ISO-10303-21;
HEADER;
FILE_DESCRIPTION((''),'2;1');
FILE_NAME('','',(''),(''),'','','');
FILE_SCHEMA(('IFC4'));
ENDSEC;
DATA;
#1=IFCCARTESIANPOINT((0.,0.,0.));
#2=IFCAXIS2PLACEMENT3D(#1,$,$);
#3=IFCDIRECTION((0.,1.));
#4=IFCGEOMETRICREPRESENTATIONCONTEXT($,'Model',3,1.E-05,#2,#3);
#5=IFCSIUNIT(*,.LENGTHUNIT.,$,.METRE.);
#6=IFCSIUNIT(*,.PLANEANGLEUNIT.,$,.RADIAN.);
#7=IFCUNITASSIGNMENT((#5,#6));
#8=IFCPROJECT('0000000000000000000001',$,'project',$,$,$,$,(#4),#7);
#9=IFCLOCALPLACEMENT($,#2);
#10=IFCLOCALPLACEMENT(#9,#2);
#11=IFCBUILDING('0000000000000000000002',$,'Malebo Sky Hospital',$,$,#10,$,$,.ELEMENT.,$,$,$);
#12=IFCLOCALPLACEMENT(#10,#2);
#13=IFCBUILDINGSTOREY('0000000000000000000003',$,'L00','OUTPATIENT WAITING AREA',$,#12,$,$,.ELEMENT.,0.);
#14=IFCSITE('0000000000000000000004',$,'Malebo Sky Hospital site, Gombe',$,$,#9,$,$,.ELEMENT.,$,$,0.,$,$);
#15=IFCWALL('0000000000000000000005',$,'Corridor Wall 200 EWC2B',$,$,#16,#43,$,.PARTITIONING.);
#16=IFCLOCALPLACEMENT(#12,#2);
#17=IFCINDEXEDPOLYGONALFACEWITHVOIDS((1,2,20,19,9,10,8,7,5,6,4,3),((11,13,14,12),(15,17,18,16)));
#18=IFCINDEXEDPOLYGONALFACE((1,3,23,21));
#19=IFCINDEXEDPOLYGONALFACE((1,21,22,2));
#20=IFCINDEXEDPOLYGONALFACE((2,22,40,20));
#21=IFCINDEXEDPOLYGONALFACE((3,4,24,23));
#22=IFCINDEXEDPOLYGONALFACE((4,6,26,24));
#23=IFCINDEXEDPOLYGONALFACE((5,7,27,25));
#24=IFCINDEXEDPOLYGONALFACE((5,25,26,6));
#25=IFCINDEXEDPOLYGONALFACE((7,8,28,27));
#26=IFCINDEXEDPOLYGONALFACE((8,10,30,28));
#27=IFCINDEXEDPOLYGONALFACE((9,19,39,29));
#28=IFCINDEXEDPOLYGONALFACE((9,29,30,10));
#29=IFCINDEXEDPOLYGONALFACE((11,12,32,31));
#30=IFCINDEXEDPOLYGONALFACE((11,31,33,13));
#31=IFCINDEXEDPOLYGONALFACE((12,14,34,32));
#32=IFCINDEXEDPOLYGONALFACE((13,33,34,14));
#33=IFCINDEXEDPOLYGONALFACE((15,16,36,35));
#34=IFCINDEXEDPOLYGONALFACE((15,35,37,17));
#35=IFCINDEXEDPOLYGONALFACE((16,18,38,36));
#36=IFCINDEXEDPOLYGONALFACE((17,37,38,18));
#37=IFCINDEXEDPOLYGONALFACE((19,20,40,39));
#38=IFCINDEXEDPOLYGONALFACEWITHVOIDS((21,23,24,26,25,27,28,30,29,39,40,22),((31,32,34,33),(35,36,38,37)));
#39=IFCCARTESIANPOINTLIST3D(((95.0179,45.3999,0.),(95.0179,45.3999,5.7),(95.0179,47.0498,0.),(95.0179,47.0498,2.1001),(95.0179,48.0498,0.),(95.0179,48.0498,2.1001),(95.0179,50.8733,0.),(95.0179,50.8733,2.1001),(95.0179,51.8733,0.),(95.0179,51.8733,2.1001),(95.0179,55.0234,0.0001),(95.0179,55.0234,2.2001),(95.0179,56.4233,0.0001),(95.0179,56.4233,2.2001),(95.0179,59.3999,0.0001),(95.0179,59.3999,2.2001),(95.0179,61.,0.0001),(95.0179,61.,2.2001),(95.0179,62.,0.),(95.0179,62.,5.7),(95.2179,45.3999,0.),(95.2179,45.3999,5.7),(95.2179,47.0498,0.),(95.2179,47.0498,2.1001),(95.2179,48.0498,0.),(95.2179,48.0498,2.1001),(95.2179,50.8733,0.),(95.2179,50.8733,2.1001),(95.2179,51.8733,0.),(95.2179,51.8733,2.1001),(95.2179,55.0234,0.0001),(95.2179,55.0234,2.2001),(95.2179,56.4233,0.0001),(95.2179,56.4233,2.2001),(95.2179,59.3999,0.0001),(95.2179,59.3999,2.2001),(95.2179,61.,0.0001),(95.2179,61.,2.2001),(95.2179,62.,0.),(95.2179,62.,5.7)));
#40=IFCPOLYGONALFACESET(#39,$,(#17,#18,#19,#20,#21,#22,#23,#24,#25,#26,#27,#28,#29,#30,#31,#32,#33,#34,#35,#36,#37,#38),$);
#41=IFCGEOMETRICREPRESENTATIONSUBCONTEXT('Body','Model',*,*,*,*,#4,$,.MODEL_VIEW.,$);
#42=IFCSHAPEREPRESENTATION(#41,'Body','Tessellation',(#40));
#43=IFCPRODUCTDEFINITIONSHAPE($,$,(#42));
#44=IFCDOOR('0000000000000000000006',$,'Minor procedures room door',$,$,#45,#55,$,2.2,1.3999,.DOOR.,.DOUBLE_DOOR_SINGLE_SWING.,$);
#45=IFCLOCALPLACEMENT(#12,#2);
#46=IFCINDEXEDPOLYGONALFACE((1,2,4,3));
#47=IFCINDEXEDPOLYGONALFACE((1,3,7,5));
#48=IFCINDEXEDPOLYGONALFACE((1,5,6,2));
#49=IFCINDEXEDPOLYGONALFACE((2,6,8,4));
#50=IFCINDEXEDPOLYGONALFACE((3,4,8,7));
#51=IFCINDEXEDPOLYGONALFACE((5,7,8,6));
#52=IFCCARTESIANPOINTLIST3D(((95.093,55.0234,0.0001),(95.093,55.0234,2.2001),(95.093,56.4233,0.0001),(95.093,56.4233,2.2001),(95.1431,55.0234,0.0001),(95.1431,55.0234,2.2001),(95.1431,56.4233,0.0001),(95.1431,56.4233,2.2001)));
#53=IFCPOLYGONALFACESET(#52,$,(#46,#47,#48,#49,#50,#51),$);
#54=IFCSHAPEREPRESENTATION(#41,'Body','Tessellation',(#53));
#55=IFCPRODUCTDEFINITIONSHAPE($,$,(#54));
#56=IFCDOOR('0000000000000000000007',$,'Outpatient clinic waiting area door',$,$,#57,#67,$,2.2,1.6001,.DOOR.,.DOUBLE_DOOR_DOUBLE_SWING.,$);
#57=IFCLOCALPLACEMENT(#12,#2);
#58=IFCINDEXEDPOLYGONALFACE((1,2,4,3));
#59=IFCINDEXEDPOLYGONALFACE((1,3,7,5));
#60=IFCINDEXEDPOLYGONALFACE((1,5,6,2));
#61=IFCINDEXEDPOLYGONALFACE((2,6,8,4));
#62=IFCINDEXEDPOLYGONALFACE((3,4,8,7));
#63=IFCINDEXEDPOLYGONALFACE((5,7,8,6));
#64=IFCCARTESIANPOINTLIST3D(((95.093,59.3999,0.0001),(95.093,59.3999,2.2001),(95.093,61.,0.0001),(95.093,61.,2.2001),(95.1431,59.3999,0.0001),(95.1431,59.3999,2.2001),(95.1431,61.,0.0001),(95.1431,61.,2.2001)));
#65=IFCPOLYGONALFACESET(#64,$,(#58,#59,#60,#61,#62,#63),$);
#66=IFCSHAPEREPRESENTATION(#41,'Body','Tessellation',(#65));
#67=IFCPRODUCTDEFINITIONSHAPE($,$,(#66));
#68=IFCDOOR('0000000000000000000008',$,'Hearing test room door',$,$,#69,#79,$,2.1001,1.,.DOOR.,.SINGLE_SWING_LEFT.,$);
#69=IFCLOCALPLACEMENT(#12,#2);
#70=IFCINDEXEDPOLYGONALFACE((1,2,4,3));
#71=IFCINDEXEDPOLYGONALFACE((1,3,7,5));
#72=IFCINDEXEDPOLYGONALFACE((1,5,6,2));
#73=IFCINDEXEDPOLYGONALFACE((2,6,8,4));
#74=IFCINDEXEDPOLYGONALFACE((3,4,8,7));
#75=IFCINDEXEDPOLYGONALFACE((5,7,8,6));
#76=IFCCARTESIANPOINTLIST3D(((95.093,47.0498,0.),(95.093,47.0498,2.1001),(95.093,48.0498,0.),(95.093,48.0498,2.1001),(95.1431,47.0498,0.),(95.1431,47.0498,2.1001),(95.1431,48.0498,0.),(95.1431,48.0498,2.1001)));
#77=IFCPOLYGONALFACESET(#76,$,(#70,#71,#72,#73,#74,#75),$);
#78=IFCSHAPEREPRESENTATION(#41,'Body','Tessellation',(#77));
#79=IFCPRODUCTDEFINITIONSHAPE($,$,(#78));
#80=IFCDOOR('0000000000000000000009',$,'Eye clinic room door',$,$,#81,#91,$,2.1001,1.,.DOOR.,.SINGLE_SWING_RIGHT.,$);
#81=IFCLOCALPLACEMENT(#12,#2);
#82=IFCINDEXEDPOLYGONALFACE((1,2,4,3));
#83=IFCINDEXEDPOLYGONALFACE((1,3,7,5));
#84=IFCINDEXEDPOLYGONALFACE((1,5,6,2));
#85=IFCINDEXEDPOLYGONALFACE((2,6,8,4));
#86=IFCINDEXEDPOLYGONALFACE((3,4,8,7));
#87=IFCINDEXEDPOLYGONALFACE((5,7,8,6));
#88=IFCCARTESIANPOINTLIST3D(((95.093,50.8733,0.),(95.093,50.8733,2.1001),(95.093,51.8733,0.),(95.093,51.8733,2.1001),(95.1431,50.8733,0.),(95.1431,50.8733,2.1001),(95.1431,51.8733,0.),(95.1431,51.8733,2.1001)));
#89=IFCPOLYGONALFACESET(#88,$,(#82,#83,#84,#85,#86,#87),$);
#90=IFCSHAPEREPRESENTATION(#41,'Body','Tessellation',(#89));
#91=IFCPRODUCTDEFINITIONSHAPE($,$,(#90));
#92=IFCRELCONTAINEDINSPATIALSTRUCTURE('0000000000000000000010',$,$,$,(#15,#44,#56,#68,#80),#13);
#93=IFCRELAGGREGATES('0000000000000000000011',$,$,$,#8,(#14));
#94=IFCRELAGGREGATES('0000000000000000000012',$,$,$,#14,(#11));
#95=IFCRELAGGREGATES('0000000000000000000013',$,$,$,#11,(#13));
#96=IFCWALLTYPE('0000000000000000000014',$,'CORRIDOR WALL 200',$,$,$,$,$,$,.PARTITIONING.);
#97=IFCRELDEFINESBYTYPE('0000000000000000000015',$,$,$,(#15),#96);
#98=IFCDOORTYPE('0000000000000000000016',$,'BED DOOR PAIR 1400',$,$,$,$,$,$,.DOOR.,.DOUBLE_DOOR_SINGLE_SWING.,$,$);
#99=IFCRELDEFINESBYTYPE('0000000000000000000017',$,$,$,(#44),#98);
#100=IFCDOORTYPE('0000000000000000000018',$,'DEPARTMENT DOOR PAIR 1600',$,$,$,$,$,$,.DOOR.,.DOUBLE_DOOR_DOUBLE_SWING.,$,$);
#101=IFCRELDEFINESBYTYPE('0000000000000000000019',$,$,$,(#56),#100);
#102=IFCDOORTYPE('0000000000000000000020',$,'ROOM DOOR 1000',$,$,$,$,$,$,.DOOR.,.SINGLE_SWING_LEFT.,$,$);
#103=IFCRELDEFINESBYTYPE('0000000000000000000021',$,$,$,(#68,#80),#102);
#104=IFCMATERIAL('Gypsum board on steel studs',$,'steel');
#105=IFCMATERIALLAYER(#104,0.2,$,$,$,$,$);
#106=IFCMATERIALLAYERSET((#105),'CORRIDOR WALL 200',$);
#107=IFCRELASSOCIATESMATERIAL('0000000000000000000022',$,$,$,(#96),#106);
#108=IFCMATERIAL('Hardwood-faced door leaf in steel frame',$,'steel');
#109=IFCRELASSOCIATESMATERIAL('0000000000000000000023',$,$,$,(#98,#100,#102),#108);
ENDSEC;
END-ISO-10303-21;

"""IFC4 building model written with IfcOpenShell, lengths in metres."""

from ifc_helpers import new_model, si_unit, direction, frame, frame_2d, origin, place, context, subcontext, project, spatial, rectangle, extrude, material, layer, layer_set, type_object, element, fill, save


model = new_model("IFC4")

# Units and contexts
model_context = context("Model", 3, precision=1e-05, world=origin(), true_north=direction((0.0, 1.0)))
body_context = subcontext(model_context, "Body", "Model", "MODEL_VIEW")
ifc_project = project(units=[si_unit("LENGTHUNIT", "METRE"), si_unit("PLANEANGLEUNIT", "RADIAN")], contexts=[model_context])

# Site, building, storey
site_placement = place(None, origin())
site = spatial("IfcSite", under=ifc_project, at=site_placement, Name="Malebo Sky Hospital site, Gombe", CompositionType="ELEMENT", RefElevation=0.0)
building_placement = place(site_placement, origin())
building = spatial("IfcBuilding", under=site, at=building_placement, Name="Malebo Sky Hospital", CompositionType="ELEMENT")
storey_placement = place(building_placement, origin())
storey = spatial("IfcBuildingStorey", under=building, at=storey_placement, Name="L00", Description="OUTPATIENT WAITING AREA", CompositionType="ELEMENT", Elevation=0.0)

# Wall, openings, doors
ifc_material_1 = material(Name="Gypsum board on steel studs", Category="steel")
ifc_layer_1 = layer(ifc_material_1, 0.2)
ifc_layer_set_1 = layer_set([ifc_layer_1], Name="CORRIDOR WALL 200")
wall_type = type_object("IfcWallType", Name="CORRIDOR WALL 200", PredefinedType="PARTITIONING", material=ifc_layer_set_1)
wall_placement = place(storey_placement, frame((95.1179, 45.3999, 0.0), z_axis=(0.0, 0.0, 1.0), x_axis=(0.0, 1.0, 0.0)))
wall = element("IfcWall", 1, at=wall_placement, inside=storey, type_object=wall_type, Name="Corridor Wall 200 EWC2B", PredefinedType="PARTITIONING", context=body_context, shape_type="SweptSolid", body=[
    extrude(rectangle(XDim=16.6001, YDim=0.2, at=frame_2d((8.3, 0.0))), origin(), (0.0, 0.0, 1.0), 5.7),
])
opening_1_placement = place(wall_placement, frame((1.6499, 0.0, 0.0)))
opening_1 = element("IfcOpeningElement", 2, at=opening_1_placement, cuts=wall, PredefinedType="OPENING", context=body_context, shape_type="SweptSolid", body=[
    extrude(rectangle(XDim=1.0, YDim=2.1001, at=frame_2d((0.5, 1.05))), frame((0.0, 0.1099, 0.0), z_axis=(0.0, -1.0, 0.0), x_axis=(1.0, 0.0, 0.0)), (0.0, 0.0, 1.0), 0.22),
])
opening_2_placement = place(wall_placement, frame((5.4734, 0.0, 0.0)))
opening_2 = element("IfcOpeningElement", 3, at=opening_2_placement, cuts=wall, PredefinedType="OPENING", context=body_context, shape_type="SweptSolid", body=[
    extrude(rectangle(XDim=1.0, YDim=2.1001, at=frame_2d((0.5, 1.05))), frame((0.0, 0.1099, 0.0), z_axis=(0.0, -1.0, 0.0), x_axis=(1.0, 0.0, 0.0)), (0.0, 0.0, 1.0), 0.22),
])
opening_3_placement = place(wall_placement, frame((9.6235, 0.0, 0.0)))
opening_3 = element("IfcOpeningElement", 4, at=opening_3_placement, cuts=wall, PredefinedType="OPENING", context=body_context, shape_type="SweptSolid", body=[
    extrude(rectangle(XDim=1.3999, YDim=2.2, at=frame_2d((0.7, 1.1001))), frame((0.0, 0.1099, 0.0), z_axis=(0.0, -1.0, 0.0), x_axis=(1.0, 0.0, 0.0)), (0.0, 0.0, 1.0), 0.22),
])
opening_4_placement = place(wall_placement, frame((14.0, 0.0, 0.0)))
opening_4 = element("IfcOpeningElement", 5, at=opening_4_placement, cuts=wall, PredefinedType="OPENING", context=body_context, shape_type="SweptSolid", body=[
    extrude(rectangle(XDim=1.6001, YDim=2.2, at=frame_2d((0.8, 1.1001))), frame((0.0, 0.1099, 0.0), z_axis=(0.0, -1.0, 0.0), x_axis=(1.0, 0.0, 0.0)), (0.0, 0.0, 1.0), 0.22),
])
ifc_material_2 = material(Name="Hardwood-faced door leaf in steel frame", Category="steel")
door_type_1 = type_object("IfcDoorType", Name="BED DOOR PAIR 1400", OperationType="DOUBLE_DOOR_SINGLE_SWING", PredefinedType="DOOR", material=ifc_material_2)
door_1_placement = place(opening_3_placement, origin())
door_1 = element("IfcDoor", 6, at=door_1_placement, inside=storey, type_object=door_type_1, Name="Minor procedures room door", OperationType="DOUBLE_DOOR_SINGLE_SWING", OverallHeight=2.2, OverallWidth=1.3999, PredefinedType="DOOR", context=body_context, shape_type="SweptSolid", body=[
    extrude(rectangle(XDim=1.3999, YDim=2.2, at=frame_2d((0.7, 1.1001))), frame((0.0, 0.0249, 0.0), z_axis=(0.0, -1.0, 0.0), x_axis=(1.0, 0.0, 0.0)), (0.0, 0.0, 1.0), 0.05),
])
fill(opening_3, door_1)
door_type_2 = type_object("IfcDoorType", Name="DEPARTMENT DOOR PAIR 1600", OperationType="DOUBLE_DOOR_DOUBLE_SWING", PredefinedType="DOOR", material=ifc_material_2)
door_2_placement = place(opening_4_placement, origin())
door_2 = element("IfcDoor", 7, at=door_2_placement, inside=storey, type_object=door_type_2, Name="Outpatient clinic waiting area door", OperationType="DOUBLE_DOOR_DOUBLE_SWING", OverallHeight=2.2, OverallWidth=1.6001, PredefinedType="DOOR", context=body_context, shape_type="SweptSolid", body=[
    extrude(rectangle(XDim=1.6001, YDim=2.2, at=frame_2d((0.8, 1.1001))), frame((0.0, 0.0249, 0.0), z_axis=(0.0, -1.0, 0.0), x_axis=(1.0, 0.0, 0.0)), (0.0, 0.0, 1.0), 0.05),
])
fill(opening_4, door_2)
door_type_3 = type_object("IfcDoorType", Name="ROOM DOOR 1000", OperationType="SINGLE_SWING_LEFT", PredefinedType="DOOR", material=ifc_material_2)
door_3_placement = place(opening_1_placement, origin())
door_3 = element("IfcDoor", 8, at=door_3_placement, inside=storey, type_object=door_type_3, Name="Hearing test room door", OperationType="SINGLE_SWING_LEFT", OverallHeight=2.1001, OverallWidth=1.0, PredefinedType="DOOR", context=body_context, shape_type="SweptSolid", body=[
    extrude(rectangle(XDim=1.0, YDim=2.1001, at=frame_2d((0.5, 1.05))), frame((0.0, 0.0249, 0.0), z_axis=(0.0, -1.0, 0.0), x_axis=(1.0, 0.0, 0.0)), (0.0, 0.0, 1.0), 0.05),
])
fill(opening_1, door_3)
door_4_placement = place(opening_2_placement, origin())
door_4 = element("IfcDoor", 9, at=door_4_placement, inside=storey, type_object=door_type_3, Name="Eye clinic room door", OperationType="SINGLE_SWING_RIGHT", OverallHeight=2.1001, OverallWidth=1.0, PredefinedType="DOOR", context=body_context, shape_type="SweptSolid", body=[
    extrude(rectangle(XDim=1.0, YDim=2.1001, at=frame_2d((0.5, 1.05))), frame((0.0, 0.0249, 0.0), z_axis=(0.0, -1.0, 0.0), x_axis=(1.0, 0.0, 0.0)), (0.0, 0.0, 1.0), 0.05),
])
fill(opening_2, door_4)

save(model, "model.ifc")
